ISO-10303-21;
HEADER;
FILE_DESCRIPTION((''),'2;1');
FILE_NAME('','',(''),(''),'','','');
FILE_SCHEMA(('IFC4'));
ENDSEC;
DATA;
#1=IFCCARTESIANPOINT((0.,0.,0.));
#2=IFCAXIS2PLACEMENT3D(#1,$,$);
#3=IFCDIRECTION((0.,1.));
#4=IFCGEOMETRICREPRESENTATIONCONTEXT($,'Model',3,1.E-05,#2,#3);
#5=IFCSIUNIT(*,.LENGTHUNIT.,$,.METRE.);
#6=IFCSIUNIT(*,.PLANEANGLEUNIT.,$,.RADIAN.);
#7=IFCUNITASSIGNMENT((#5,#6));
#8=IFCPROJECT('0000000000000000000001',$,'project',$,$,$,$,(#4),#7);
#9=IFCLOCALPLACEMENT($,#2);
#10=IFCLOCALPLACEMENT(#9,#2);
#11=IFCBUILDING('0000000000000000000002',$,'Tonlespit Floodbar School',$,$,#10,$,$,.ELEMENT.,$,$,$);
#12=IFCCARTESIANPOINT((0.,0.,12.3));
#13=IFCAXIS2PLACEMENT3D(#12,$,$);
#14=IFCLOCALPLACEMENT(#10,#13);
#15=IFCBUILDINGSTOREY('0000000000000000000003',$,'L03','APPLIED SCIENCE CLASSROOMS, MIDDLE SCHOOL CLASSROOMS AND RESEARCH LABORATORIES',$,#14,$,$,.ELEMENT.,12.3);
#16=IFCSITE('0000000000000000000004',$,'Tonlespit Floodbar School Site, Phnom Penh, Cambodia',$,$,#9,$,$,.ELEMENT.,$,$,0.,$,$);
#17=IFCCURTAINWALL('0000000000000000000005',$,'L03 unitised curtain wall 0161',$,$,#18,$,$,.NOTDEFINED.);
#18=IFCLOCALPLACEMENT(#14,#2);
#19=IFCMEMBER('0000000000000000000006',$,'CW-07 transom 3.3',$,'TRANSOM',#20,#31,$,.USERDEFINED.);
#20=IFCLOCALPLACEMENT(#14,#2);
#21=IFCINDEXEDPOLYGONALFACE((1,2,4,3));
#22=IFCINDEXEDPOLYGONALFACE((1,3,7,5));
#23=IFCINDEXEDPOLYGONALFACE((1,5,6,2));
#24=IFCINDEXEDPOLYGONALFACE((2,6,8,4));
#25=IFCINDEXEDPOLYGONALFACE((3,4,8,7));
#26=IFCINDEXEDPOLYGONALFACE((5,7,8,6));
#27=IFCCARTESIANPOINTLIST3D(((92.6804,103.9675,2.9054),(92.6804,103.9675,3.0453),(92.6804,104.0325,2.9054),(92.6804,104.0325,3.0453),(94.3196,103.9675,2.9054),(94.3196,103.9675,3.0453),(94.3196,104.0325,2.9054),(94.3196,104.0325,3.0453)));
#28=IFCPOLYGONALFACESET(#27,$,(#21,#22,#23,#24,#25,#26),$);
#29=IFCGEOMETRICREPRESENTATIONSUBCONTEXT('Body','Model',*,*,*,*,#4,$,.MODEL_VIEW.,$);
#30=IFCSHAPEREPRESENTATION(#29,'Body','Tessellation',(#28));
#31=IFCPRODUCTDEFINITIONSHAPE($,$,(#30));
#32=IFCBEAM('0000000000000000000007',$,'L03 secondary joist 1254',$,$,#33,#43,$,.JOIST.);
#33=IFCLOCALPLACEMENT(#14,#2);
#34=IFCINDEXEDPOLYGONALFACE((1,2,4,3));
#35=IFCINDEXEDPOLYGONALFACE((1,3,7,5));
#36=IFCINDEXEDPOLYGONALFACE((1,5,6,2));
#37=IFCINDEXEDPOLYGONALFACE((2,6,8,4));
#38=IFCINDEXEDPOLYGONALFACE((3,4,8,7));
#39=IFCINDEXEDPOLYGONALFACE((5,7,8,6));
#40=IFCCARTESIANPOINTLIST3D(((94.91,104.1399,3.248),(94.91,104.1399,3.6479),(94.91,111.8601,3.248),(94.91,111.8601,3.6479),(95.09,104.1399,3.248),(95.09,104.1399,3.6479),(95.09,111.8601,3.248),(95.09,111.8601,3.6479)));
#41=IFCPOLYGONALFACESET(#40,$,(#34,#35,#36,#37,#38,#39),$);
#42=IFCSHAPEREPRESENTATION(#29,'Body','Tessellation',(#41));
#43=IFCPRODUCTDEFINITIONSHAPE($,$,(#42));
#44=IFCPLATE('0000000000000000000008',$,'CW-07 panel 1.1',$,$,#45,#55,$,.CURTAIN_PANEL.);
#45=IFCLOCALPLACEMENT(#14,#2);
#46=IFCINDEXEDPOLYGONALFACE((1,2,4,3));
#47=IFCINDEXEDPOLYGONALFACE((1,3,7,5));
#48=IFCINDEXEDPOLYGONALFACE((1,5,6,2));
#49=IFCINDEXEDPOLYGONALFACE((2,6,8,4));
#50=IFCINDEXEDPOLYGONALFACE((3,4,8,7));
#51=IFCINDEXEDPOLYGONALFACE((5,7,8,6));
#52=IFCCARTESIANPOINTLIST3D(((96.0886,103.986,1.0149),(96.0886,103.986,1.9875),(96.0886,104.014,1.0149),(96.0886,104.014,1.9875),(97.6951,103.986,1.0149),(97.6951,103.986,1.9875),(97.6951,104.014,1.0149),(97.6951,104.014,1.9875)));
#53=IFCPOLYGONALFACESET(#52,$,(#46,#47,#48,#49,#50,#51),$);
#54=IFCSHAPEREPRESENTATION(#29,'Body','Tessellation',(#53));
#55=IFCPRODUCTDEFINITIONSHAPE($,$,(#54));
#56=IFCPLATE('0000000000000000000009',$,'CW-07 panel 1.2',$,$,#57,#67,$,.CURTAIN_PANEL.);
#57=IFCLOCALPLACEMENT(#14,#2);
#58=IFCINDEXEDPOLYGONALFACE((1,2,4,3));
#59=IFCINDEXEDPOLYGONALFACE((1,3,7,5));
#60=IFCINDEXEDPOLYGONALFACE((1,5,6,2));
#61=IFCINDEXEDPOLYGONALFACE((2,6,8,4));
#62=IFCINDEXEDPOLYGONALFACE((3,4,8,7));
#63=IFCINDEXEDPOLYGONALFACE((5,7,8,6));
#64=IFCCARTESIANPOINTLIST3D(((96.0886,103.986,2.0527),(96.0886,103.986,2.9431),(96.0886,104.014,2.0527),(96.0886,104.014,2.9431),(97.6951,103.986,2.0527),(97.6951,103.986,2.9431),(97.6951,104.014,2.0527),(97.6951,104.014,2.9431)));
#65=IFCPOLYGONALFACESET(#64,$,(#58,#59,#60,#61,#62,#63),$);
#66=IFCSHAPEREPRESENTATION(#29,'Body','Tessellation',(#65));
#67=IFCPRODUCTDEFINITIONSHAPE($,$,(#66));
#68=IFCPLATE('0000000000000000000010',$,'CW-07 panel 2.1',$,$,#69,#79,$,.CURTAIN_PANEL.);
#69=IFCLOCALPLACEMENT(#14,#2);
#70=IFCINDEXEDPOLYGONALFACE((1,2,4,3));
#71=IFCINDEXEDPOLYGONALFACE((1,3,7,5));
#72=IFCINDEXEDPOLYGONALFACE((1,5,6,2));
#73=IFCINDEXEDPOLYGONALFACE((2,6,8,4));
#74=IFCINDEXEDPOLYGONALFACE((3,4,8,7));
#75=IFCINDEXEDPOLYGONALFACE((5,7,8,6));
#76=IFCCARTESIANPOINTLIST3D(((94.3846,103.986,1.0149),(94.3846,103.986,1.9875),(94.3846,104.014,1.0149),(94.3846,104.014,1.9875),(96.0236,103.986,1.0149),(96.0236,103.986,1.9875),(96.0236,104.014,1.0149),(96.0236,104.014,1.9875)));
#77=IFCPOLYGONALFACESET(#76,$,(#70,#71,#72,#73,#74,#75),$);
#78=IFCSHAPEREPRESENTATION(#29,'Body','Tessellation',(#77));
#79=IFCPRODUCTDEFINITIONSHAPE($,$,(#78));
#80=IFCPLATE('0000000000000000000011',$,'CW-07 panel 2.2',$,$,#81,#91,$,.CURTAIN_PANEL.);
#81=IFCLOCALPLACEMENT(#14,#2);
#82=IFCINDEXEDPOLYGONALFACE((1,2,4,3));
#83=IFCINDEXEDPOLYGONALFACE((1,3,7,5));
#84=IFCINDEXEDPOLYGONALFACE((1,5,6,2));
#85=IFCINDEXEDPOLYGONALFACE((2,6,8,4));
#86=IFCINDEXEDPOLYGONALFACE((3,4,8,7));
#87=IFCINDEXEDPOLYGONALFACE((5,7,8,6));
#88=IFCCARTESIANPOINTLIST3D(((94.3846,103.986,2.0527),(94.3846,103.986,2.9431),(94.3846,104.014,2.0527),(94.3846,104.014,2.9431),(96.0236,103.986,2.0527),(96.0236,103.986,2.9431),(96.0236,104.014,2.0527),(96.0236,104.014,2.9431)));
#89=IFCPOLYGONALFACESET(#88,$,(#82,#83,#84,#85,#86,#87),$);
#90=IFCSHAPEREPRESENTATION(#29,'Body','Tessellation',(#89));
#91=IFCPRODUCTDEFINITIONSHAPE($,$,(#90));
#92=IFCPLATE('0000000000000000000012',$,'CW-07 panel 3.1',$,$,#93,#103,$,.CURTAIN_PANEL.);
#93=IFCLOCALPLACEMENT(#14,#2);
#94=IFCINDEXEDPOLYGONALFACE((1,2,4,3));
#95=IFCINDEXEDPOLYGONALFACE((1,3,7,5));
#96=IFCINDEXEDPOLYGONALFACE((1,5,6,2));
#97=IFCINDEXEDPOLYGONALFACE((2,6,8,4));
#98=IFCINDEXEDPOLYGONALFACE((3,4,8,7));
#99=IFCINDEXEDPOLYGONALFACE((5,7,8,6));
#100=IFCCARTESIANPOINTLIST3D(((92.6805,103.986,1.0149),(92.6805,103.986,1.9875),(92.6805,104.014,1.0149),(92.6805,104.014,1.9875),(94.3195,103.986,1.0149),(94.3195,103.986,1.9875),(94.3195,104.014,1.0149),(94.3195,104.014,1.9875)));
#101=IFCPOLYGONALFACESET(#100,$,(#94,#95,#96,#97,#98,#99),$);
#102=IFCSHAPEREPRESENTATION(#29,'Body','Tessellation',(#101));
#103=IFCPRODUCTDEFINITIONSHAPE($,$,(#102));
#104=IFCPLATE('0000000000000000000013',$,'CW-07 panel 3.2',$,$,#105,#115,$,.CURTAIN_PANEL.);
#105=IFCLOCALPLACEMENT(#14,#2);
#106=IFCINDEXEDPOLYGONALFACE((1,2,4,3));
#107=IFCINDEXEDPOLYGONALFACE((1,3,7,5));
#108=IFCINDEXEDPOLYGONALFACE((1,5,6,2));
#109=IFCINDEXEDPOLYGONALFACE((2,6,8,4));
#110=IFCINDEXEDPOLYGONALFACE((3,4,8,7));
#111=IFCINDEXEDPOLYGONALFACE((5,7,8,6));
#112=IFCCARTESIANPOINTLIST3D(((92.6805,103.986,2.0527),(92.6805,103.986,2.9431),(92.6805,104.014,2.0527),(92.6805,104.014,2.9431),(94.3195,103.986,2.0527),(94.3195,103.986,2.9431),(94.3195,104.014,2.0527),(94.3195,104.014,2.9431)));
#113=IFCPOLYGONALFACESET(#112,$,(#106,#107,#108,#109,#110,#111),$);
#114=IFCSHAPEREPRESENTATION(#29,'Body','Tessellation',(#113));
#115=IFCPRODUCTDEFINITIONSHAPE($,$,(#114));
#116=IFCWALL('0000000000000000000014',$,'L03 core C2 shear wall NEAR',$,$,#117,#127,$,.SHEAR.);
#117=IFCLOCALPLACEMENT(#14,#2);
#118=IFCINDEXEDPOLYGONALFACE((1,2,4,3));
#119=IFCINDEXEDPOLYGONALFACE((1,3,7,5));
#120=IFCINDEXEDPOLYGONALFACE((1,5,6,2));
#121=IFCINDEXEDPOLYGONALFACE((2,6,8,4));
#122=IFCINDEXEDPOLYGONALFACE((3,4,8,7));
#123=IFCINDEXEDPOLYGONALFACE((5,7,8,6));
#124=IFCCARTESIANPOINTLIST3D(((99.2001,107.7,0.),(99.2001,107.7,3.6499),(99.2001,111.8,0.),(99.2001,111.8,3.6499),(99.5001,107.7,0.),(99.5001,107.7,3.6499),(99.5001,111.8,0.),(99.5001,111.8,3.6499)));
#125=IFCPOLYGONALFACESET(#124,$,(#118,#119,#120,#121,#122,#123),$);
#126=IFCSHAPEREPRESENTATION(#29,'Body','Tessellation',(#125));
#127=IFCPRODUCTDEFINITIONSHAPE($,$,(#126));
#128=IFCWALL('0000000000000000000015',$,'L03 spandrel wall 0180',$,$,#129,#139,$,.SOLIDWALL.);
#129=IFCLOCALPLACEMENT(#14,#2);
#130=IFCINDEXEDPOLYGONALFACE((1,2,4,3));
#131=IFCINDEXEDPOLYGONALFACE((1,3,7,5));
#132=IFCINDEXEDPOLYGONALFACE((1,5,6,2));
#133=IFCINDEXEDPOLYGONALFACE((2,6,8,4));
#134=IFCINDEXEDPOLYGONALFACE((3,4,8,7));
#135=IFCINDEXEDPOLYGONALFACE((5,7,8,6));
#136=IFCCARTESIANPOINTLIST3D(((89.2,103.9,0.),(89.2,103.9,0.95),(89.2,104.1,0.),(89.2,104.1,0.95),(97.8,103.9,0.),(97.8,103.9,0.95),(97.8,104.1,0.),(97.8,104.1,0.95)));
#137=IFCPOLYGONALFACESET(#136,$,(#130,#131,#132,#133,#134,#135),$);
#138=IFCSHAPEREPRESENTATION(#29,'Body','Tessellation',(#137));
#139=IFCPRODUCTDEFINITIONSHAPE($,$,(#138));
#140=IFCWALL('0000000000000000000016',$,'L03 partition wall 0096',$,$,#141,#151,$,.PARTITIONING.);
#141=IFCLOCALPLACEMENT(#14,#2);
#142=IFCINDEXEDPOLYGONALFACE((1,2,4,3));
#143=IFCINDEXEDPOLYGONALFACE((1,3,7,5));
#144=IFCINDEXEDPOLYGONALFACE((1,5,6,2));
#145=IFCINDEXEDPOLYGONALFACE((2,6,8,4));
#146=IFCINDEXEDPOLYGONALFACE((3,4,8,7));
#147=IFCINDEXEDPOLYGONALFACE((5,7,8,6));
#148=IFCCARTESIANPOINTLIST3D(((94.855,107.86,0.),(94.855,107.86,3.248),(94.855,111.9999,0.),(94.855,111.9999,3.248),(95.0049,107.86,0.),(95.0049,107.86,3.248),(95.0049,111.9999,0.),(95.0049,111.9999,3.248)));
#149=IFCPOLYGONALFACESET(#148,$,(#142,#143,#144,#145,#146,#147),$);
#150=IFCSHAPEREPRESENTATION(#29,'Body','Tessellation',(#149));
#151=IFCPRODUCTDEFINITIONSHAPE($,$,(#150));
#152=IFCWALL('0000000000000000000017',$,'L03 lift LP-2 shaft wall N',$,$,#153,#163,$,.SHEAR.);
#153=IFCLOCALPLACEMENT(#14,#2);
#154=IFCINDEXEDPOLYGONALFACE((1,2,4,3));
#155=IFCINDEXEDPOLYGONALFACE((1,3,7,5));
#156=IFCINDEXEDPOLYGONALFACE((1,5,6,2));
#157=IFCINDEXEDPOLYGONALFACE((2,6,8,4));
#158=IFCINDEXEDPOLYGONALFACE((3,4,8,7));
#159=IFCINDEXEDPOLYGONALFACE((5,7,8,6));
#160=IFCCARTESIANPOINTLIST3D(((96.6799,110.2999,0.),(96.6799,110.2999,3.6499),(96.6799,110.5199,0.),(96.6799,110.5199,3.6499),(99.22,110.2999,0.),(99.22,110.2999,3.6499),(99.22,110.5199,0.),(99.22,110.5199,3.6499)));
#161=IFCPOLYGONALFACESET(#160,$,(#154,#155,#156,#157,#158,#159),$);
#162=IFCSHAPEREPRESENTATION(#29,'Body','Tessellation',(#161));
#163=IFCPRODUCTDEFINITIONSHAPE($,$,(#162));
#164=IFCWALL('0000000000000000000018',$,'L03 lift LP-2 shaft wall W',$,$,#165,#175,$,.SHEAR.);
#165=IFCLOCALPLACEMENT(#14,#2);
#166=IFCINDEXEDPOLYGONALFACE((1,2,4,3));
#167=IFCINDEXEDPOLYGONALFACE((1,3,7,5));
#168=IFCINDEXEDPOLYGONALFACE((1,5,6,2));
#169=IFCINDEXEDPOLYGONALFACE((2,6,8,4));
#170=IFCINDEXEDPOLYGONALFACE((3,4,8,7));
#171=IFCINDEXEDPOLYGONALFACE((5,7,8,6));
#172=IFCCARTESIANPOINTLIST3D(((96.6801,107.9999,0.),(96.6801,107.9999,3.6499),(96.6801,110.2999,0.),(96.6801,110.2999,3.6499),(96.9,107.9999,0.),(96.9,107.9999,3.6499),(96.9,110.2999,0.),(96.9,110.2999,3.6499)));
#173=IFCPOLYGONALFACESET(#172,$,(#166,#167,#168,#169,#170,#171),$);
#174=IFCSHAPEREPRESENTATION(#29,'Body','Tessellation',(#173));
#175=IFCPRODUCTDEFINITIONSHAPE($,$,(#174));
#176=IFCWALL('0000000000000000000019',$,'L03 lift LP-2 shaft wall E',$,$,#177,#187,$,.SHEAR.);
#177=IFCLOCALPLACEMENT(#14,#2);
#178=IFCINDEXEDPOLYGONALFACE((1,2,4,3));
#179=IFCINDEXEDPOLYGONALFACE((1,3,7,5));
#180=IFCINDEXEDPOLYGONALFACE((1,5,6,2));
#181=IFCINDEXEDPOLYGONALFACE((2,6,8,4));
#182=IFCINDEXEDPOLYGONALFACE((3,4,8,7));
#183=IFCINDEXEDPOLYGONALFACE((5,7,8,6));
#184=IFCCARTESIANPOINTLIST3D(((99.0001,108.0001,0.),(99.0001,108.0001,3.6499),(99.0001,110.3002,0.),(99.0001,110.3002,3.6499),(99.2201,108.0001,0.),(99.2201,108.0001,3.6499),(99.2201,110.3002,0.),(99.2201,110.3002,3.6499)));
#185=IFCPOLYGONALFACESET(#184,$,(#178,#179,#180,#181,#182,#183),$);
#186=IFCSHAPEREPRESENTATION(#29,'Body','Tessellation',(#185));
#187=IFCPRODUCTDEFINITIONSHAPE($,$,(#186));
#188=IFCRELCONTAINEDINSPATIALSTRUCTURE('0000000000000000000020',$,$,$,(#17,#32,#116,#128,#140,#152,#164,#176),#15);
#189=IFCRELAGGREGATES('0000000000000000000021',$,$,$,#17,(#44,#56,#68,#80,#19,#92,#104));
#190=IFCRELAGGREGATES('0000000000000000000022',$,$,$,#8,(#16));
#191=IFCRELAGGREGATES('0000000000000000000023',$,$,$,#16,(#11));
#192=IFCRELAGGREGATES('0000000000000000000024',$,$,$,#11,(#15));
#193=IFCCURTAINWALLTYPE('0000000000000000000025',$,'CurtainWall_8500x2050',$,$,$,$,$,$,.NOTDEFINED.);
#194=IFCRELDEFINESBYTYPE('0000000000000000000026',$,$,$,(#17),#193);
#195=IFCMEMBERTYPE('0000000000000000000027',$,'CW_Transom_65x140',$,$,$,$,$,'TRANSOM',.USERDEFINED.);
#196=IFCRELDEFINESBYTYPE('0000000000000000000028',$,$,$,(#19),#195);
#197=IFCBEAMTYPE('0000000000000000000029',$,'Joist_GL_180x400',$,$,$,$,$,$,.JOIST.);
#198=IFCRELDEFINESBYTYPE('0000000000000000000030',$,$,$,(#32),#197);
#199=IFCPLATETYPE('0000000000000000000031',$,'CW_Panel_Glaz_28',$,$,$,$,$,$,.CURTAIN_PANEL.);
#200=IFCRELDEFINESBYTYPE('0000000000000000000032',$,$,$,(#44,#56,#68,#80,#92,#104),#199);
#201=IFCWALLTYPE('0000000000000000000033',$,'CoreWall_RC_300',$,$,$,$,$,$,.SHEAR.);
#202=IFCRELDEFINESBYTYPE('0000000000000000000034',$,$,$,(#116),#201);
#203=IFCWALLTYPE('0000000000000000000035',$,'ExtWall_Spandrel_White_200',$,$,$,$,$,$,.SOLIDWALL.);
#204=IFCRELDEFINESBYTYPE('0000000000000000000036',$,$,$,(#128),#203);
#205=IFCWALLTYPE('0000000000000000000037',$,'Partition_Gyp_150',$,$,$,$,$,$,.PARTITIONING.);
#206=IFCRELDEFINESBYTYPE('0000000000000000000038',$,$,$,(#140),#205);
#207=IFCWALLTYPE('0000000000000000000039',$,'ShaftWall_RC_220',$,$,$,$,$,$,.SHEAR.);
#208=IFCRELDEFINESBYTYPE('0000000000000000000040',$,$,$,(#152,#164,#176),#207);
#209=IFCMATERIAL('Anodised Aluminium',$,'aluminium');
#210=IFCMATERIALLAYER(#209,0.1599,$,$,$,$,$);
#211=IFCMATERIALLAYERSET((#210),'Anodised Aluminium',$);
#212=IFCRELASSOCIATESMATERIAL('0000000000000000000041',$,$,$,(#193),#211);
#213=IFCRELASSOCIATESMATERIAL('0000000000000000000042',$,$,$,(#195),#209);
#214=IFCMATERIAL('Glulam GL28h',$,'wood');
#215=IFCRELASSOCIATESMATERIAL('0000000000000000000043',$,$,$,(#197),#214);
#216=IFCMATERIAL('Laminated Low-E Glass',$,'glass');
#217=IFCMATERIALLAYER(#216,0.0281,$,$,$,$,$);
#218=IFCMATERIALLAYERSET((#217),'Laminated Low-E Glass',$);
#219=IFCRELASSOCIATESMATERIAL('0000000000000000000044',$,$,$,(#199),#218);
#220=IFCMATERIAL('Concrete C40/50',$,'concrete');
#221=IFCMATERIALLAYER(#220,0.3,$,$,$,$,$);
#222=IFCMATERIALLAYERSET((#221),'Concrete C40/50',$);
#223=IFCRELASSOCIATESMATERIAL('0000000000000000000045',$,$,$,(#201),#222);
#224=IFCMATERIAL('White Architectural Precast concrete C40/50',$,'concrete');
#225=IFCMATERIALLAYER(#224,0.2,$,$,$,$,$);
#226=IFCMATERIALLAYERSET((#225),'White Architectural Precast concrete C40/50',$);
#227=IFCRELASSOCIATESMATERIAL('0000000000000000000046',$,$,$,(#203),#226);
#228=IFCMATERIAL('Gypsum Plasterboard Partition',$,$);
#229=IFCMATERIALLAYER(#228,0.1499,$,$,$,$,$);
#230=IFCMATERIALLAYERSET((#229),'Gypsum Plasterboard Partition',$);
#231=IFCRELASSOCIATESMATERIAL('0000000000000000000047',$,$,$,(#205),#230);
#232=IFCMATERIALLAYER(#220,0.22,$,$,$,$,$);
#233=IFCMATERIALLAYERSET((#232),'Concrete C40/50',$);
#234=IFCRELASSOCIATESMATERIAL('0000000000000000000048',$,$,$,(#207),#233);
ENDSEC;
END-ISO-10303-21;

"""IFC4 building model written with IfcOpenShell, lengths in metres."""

from ifc_helpers import new_model, si_unit, direction, frame, frame_2d, origin, origin_2d, place, context, subcontext, project, spatial, rectangle, extrude, material, layer, layer_set, material_profile, profile_set, type_object, element, aggregate, save


model = new_model("IFC4")

# Units and contexts
model_context = context("Model", 3, precision=1e-05, world=origin(), true_north=direction((0.0, 1.0)))
body_context = subcontext(model_context, "Body", "Model", "MODEL_VIEW")
ifc_project = project(units=[si_unit("LENGTHUNIT", "METRE"), si_unit("PLANEANGLEUNIT", "RADIAN")], contexts=[model_context])

# Site, building, storey
site_placement = place(None, origin())
site = spatial("IfcSite", under=ifc_project, at=site_placement, Name="Tonlespit Floodbar School Site, Phnom Penh, Cambodia", CompositionType="ELEMENT", RefElevation=0.0)
building_placement = place(site_placement, origin())
building = spatial("IfcBuilding", under=site, at=building_placement, Name="Tonlespit Floodbar School", CompositionType="ELEMENT")
storey_placement = place(building_placement, frame((0.0, 0.0, 12.3)))
storey = spatial("IfcBuildingStorey", under=building, at=storey_placement, Name="L03", Description="APPLIED SCIENCE CLASSROOMS, MIDDLE SCHOOL CLASSROOMS AND RESEARCH LABORATORIES", CompositionType="ELEMENT", Elevation=12.3)

# Shared definitions
ifc_material_1 = material(Name="Glulam GL28h", Category="wood")

# Curtain wall, member
ifc_material_2 = material(Name="Anodised Aluminium", Category="aluminium")
ifc_layer_1 = layer(ifc_material_2, 0.1599)
ifc_layer_set_1 = layer_set([ifc_layer_1], Name="Anodised Aluminium")
curtain_wall_type = type_object("IfcCurtainWallType", Name="CurtainWall_8500x2050", PredefinedType="NOTDEFINED", material=ifc_layer_set_1)
curtain_wall_placement = place(storey_placement, origin())
curtain_wall = element("IfcCurtainWall", 1, at=curtain_wall_placement, inside=storey, type_object=curtain_wall_type, Name="L03 unitised curtain wall 0161", PredefinedType="NOTDEFINED")
ifc_material_profile_1 = material_profile(ifc_material_2, rectangle(XDim=0.0649, YDim=0.1399, at=origin_2d()), Name="ALU T65x140")
ifc_profile_set_1 = profile_set([ifc_material_profile_1], Name="Anodised Aluminium")
member_type_1 = type_object("IfcMemberType", Name="CW_Transom_65x140", ElementType="TRANSOM", PredefinedType="USERDEFINED", material=ifc_profile_set_1)
member_1_placement = place(storey_placement, frame((94.3196, 104.0, 2.9753), z_axis=(-1.0, 0.0, 0.0), x_axis=(0.0, -1.0, 0.0)))
member_1 = element("IfcMember", 2, at=member_1_placement, type_object=member_type_1, Name="CW-07 transom 3.3", ObjectType="TRANSOM", PredefinedType="USERDEFINED", context=body_context, shape_type="SweptSolid", body=[
    extrude(rectangle(XDim=0.0649, YDim=0.1399, at=origin_2d()), origin(), (0.0, 0.0, 1.0), 1.6392),
])

# Beam
ifc_material_profile_2 = material_profile(ifc_material_1, rectangle(XDim=0.1799, YDim=0.3999, at=origin_2d()), Name="GL 180x400")
ifc_profile_set_2 = profile_set([ifc_material_profile_2], Name="Glulam GL28h")
beam_type_1 = type_object("IfcBeamType", Name="Joist_GL_180x400", PredefinedType="JOIST", material=ifc_profile_set_2)
beam_1_placement = place(storey_placement, frame((95.0, 104.1399, 3.448), z_axis=(0.0, 1.0, 0.0), x_axis=(-1.0, 0.0, 0.0)))
element("IfcBeam", 3, at=beam_1_placement, inside=storey, type_object=beam_type_1, Name="L03 secondary joist 1254", PredefinedType="JOIST", context=body_context, shape_type="SweptSolid", body=[
    extrude(rectangle(XDim=0.1799, YDim=0.3999, at=origin_2d()), origin(), (0.0, 0.0, 1.0), 7.7202),
])

# Plates
ifc_material_3 = material(Name="Laminated Low-E Glass", Category="glass")
ifc_layer_2 = layer(ifc_material_3, 0.0281)
ifc_layer_set_2 = layer_set([ifc_layer_2], Name="Laminated Low-E Glass")
plate_type = type_object("IfcPlateType", Name="CW_Panel_Glaz_28", PredefinedType="CURTAIN_PANEL", material=ifc_layer_set_2)
plate_1_placement = place(storey_placement, frame((96.8918, 104.0, 1.0149), z_axis=(0.0, 0.0, 1.0), x_axis=(-1.0, 0.0, 0.0)))
plate_1 = element("IfcPlate", 4, at=plate_1_placement, type_object=plate_type, Name="CW-07 panel 1.1", PredefinedType="CURTAIN_PANEL", context=body_context, shape_type="SweptSolid", body=[
    extrude(rectangle(XDim=1.6064, YDim=0.0281, at=origin_2d()), origin(), (0.0, 0.0, 1.0), 0.9727),
])
plate_2_placement = place(storey_placement, frame((96.8918, 104.0, 2.0527), z_axis=(0.0, 0.0, 1.0), x_axis=(-1.0, 0.0, 0.0)))
plate_2 = element("IfcPlate", 5, at=plate_2_placement, type_object=plate_type, Name="CW-07 panel 1.2", PredefinedType="CURTAIN_PANEL", context=body_context, shape_type="SweptSolid", body=[
    extrude(rectangle(XDim=1.6064, YDim=0.0281, at=origin_2d()), origin(), (0.0, 0.0, 1.0), 0.8904),
])
plate_3_placement = place(storey_placement, frame((95.2041, 104.0, 1.0149), z_axis=(0.0, 0.0, 1.0), x_axis=(-1.0, 0.0, 0.0)))
plate_3 = element("IfcPlate", 6, at=plate_3_placement, type_object=plate_type, Name="CW-07 panel 2.1", PredefinedType="CURTAIN_PANEL", context=body_context, shape_type="SweptSolid", body=[
    extrude(rectangle(XDim=1.6389, YDim=0.0281, at=origin_2d()), origin(), (0.0, 0.0, 1.0), 0.9727),
])
plate_4_placement = place(storey_placement, frame((95.2041, 104.0, 2.0527), z_axis=(0.0, 0.0, 1.0), x_axis=(-1.0, 0.0, 0.0)))
plate_4 = element("IfcPlate", 7, at=plate_4_placement, type_object=plate_type, Name="CW-07 panel 2.2", PredefinedType="CURTAIN_PANEL", context=body_context, shape_type="SweptSolid", body=[
    extrude(rectangle(XDim=1.6389, YDim=0.0281, at=origin_2d()), origin(), (0.0, 0.0, 1.0), 0.8904),
])
plate_5_placement = place(storey_placement, frame((93.5, 104.0, 1.0149), z_axis=(0.0, 0.0, 1.0), x_axis=(-1.0, 0.0, 0.0)))
plate_5 = element("IfcPlate", 8, at=plate_5_placement, type_object=plate_type, Name="CW-07 panel 3.1", PredefinedType="CURTAIN_PANEL", context=body_context, shape_type="SweptSolid", body=[
    extrude(rectangle(XDim=1.6389, YDim=0.0281, at=origin_2d()), origin(), (0.0, 0.0, 1.0), 0.9727),
])
plate_6_placement = place(storey_placement, frame((93.5, 104.0, 2.0527), z_axis=(0.0, 0.0, 1.0), x_axis=(-1.0, 0.0, 0.0)))
plate_6 = element("IfcPlate", 9, at=plate_6_placement, type_object=plate_type, Name="CW-07 panel 3.2", PredefinedType="CURTAIN_PANEL", context=body_context, shape_type="SweptSolid", body=[
    extrude(rectangle(XDim=1.6389, YDim=0.0281, at=origin_2d()), origin(), (0.0, 0.0, 1.0), 0.8904),
])
aggregate(curtain_wall, [plate_1, plate_2, plate_3, plate_4, member_1, plate_5, plate_6])

# Wall
ifc_material_4 = material(Name="Concrete C40/50", Category="concrete")
ifc_layer_3 = layer(ifc_material_4, 0.3)
ifc_layer_set_3 = layer_set([ifc_layer_3], Name="Concrete C40/50")
wall_type_1 = type_object("IfcWallType", Name="CoreWall_RC_300", PredefinedType="SHEAR", material=ifc_layer_set_3)
wall_1_placement = place(storey_placement, frame((99.3501, 107.7, 0.0), z_axis=(0.0, 0.0, 1.0), x_axis=(0.0, 1.0, 0.0)))
element("IfcWall", 10, at=wall_1_placement, inside=storey, type_object=wall_type_1, Name="L03 core C2 shear wall NEAR", PredefinedType="SHEAR", context=body_context, shape_type="SweptSolid", body=[
    extrude(rectangle(XDim=4.1001, YDim=0.3, at=frame_2d((2.05, 0.0))), origin(), (0.0, 0.0, 1.0), 3.6499),
])

# Walls
ifc_material_5 = material(Name="White Architectural Precast concrete C40/50", Category="concrete")
ifc_layer_4 = layer(ifc_material_5, 0.2)
ifc_layer_set_4 = layer_set([ifc_layer_4], Name="White Architectural Precast concrete C40/50")
wall_type_2 = type_object("IfcWallType", Name="ExtWall_Spandrel_White_200", PredefinedType="SOLIDWALL", material=ifc_layer_set_4)
wall_2_placement = place(storey_placement, frame((97.8, 104.0, 0.0), z_axis=(0.0, 0.0, 1.0), x_axis=(-1.0, 0.0, 0.0)))
element("IfcWall", 11, at=wall_2_placement, inside=storey, type_object=wall_type_2, Name="L03 spandrel wall 0180", PredefinedType="SOLIDWALL", context=body_context, shape_type="SweptSolid", body=[
    extrude(rectangle(XDim=8.6001, YDim=0.2, at=frame_2d((4.3, 0.0))), origin(), (0.0, 0.0, 1.0), 0.95),
])
ifc_material_6 = material(Name="Gypsum Plasterboard Partition")
ifc_layer_5 = layer(ifc_material_6, 0.1499)
ifc_layer_set_5 = layer_set([ifc_layer_5], Name="Gypsum Plasterboard Partition")
wall_type_3 = type_object("IfcWallType", Name="Partition_Gyp_150", PredefinedType="PARTITIONING", material=ifc_layer_set_5)
wall_3_placement = place(storey_placement, frame((94.9299, 107.8601, 0.0), z_axis=(0.0, 0.0, 1.0), x_axis=(0.0, 1.0, 0.0)))
element("IfcWall", 12, at=wall_3_placement, inside=storey, type_object=wall_type_3, Name="L03 partition wall 0096", PredefinedType="PARTITIONING", context=body_context, shape_type="SweptSolid", body=[
    extrude(rectangle(XDim=4.1399, YDim=0.1499, at=frame_2d((2.0698, 0.0))), origin(), (0.0, 0.0, 1.0), 3.248),
])

# Shared definitions
ifc_layer_6 = layer(ifc_material_4, 0.22)
ifc_layer_set_6 = layer_set([ifc_layer_6], Name="Concrete C40/50")
wall_type_4 = type_object("IfcWallType", Name="ShaftWall_RC_220", PredefinedType="SHEAR", material=ifc_layer_set_6)

# Walls
wall_4_placement = place(storey_placement, frame((96.6799, 110.4099, 0.0), z_axis=(0.0, 0.0, 1.0), x_axis=(1.0, 0.0, 0.0)))
element("IfcWall", 13, at=wall_4_placement, inside=storey, type_object=wall_type_4, Name="L03 lift LP-2 shaft wall N", PredefinedType="SHEAR", context=body_context, shape_type="SweptSolid", body=[
    extrude(rectangle(XDim=2.54, YDim=0.22, at=frame_2d((1.27, 0.0))), origin(), (0.0, 0.0, 1.0), 3.6499),
])
for number, where, z_axis, x_axis, name in (
    (14, (96.79, 108.0, 0.0), (0.0, 0.0, 1.0), (0.0, 1.0, 0.0), "L03 lift LP-2 shaft wall W"),
    (15, (99.1101, 110.3, 0.0), (0.0, 0.0, 1.0), (0.0, -1.0, 0.0), "L03 lift LP-2 shaft wall E"),
):
    element("IfcWall", number, at=place(storey_placement, frame(where, z_axis=z_axis, x_axis=x_axis)), inside=storey, type_object=wall_type_4, Name=name, PredefinedType="SHEAR", context=body_context, shape_type="SweptSolid", body=[
        extrude(rectangle(XDim=2.3, YDim=0.22, at=frame_2d((1.1499, 0.0))), origin(), (0.0, 0.0, 1.0), 3.6499),
    ])

save(model, "model.ifc")
